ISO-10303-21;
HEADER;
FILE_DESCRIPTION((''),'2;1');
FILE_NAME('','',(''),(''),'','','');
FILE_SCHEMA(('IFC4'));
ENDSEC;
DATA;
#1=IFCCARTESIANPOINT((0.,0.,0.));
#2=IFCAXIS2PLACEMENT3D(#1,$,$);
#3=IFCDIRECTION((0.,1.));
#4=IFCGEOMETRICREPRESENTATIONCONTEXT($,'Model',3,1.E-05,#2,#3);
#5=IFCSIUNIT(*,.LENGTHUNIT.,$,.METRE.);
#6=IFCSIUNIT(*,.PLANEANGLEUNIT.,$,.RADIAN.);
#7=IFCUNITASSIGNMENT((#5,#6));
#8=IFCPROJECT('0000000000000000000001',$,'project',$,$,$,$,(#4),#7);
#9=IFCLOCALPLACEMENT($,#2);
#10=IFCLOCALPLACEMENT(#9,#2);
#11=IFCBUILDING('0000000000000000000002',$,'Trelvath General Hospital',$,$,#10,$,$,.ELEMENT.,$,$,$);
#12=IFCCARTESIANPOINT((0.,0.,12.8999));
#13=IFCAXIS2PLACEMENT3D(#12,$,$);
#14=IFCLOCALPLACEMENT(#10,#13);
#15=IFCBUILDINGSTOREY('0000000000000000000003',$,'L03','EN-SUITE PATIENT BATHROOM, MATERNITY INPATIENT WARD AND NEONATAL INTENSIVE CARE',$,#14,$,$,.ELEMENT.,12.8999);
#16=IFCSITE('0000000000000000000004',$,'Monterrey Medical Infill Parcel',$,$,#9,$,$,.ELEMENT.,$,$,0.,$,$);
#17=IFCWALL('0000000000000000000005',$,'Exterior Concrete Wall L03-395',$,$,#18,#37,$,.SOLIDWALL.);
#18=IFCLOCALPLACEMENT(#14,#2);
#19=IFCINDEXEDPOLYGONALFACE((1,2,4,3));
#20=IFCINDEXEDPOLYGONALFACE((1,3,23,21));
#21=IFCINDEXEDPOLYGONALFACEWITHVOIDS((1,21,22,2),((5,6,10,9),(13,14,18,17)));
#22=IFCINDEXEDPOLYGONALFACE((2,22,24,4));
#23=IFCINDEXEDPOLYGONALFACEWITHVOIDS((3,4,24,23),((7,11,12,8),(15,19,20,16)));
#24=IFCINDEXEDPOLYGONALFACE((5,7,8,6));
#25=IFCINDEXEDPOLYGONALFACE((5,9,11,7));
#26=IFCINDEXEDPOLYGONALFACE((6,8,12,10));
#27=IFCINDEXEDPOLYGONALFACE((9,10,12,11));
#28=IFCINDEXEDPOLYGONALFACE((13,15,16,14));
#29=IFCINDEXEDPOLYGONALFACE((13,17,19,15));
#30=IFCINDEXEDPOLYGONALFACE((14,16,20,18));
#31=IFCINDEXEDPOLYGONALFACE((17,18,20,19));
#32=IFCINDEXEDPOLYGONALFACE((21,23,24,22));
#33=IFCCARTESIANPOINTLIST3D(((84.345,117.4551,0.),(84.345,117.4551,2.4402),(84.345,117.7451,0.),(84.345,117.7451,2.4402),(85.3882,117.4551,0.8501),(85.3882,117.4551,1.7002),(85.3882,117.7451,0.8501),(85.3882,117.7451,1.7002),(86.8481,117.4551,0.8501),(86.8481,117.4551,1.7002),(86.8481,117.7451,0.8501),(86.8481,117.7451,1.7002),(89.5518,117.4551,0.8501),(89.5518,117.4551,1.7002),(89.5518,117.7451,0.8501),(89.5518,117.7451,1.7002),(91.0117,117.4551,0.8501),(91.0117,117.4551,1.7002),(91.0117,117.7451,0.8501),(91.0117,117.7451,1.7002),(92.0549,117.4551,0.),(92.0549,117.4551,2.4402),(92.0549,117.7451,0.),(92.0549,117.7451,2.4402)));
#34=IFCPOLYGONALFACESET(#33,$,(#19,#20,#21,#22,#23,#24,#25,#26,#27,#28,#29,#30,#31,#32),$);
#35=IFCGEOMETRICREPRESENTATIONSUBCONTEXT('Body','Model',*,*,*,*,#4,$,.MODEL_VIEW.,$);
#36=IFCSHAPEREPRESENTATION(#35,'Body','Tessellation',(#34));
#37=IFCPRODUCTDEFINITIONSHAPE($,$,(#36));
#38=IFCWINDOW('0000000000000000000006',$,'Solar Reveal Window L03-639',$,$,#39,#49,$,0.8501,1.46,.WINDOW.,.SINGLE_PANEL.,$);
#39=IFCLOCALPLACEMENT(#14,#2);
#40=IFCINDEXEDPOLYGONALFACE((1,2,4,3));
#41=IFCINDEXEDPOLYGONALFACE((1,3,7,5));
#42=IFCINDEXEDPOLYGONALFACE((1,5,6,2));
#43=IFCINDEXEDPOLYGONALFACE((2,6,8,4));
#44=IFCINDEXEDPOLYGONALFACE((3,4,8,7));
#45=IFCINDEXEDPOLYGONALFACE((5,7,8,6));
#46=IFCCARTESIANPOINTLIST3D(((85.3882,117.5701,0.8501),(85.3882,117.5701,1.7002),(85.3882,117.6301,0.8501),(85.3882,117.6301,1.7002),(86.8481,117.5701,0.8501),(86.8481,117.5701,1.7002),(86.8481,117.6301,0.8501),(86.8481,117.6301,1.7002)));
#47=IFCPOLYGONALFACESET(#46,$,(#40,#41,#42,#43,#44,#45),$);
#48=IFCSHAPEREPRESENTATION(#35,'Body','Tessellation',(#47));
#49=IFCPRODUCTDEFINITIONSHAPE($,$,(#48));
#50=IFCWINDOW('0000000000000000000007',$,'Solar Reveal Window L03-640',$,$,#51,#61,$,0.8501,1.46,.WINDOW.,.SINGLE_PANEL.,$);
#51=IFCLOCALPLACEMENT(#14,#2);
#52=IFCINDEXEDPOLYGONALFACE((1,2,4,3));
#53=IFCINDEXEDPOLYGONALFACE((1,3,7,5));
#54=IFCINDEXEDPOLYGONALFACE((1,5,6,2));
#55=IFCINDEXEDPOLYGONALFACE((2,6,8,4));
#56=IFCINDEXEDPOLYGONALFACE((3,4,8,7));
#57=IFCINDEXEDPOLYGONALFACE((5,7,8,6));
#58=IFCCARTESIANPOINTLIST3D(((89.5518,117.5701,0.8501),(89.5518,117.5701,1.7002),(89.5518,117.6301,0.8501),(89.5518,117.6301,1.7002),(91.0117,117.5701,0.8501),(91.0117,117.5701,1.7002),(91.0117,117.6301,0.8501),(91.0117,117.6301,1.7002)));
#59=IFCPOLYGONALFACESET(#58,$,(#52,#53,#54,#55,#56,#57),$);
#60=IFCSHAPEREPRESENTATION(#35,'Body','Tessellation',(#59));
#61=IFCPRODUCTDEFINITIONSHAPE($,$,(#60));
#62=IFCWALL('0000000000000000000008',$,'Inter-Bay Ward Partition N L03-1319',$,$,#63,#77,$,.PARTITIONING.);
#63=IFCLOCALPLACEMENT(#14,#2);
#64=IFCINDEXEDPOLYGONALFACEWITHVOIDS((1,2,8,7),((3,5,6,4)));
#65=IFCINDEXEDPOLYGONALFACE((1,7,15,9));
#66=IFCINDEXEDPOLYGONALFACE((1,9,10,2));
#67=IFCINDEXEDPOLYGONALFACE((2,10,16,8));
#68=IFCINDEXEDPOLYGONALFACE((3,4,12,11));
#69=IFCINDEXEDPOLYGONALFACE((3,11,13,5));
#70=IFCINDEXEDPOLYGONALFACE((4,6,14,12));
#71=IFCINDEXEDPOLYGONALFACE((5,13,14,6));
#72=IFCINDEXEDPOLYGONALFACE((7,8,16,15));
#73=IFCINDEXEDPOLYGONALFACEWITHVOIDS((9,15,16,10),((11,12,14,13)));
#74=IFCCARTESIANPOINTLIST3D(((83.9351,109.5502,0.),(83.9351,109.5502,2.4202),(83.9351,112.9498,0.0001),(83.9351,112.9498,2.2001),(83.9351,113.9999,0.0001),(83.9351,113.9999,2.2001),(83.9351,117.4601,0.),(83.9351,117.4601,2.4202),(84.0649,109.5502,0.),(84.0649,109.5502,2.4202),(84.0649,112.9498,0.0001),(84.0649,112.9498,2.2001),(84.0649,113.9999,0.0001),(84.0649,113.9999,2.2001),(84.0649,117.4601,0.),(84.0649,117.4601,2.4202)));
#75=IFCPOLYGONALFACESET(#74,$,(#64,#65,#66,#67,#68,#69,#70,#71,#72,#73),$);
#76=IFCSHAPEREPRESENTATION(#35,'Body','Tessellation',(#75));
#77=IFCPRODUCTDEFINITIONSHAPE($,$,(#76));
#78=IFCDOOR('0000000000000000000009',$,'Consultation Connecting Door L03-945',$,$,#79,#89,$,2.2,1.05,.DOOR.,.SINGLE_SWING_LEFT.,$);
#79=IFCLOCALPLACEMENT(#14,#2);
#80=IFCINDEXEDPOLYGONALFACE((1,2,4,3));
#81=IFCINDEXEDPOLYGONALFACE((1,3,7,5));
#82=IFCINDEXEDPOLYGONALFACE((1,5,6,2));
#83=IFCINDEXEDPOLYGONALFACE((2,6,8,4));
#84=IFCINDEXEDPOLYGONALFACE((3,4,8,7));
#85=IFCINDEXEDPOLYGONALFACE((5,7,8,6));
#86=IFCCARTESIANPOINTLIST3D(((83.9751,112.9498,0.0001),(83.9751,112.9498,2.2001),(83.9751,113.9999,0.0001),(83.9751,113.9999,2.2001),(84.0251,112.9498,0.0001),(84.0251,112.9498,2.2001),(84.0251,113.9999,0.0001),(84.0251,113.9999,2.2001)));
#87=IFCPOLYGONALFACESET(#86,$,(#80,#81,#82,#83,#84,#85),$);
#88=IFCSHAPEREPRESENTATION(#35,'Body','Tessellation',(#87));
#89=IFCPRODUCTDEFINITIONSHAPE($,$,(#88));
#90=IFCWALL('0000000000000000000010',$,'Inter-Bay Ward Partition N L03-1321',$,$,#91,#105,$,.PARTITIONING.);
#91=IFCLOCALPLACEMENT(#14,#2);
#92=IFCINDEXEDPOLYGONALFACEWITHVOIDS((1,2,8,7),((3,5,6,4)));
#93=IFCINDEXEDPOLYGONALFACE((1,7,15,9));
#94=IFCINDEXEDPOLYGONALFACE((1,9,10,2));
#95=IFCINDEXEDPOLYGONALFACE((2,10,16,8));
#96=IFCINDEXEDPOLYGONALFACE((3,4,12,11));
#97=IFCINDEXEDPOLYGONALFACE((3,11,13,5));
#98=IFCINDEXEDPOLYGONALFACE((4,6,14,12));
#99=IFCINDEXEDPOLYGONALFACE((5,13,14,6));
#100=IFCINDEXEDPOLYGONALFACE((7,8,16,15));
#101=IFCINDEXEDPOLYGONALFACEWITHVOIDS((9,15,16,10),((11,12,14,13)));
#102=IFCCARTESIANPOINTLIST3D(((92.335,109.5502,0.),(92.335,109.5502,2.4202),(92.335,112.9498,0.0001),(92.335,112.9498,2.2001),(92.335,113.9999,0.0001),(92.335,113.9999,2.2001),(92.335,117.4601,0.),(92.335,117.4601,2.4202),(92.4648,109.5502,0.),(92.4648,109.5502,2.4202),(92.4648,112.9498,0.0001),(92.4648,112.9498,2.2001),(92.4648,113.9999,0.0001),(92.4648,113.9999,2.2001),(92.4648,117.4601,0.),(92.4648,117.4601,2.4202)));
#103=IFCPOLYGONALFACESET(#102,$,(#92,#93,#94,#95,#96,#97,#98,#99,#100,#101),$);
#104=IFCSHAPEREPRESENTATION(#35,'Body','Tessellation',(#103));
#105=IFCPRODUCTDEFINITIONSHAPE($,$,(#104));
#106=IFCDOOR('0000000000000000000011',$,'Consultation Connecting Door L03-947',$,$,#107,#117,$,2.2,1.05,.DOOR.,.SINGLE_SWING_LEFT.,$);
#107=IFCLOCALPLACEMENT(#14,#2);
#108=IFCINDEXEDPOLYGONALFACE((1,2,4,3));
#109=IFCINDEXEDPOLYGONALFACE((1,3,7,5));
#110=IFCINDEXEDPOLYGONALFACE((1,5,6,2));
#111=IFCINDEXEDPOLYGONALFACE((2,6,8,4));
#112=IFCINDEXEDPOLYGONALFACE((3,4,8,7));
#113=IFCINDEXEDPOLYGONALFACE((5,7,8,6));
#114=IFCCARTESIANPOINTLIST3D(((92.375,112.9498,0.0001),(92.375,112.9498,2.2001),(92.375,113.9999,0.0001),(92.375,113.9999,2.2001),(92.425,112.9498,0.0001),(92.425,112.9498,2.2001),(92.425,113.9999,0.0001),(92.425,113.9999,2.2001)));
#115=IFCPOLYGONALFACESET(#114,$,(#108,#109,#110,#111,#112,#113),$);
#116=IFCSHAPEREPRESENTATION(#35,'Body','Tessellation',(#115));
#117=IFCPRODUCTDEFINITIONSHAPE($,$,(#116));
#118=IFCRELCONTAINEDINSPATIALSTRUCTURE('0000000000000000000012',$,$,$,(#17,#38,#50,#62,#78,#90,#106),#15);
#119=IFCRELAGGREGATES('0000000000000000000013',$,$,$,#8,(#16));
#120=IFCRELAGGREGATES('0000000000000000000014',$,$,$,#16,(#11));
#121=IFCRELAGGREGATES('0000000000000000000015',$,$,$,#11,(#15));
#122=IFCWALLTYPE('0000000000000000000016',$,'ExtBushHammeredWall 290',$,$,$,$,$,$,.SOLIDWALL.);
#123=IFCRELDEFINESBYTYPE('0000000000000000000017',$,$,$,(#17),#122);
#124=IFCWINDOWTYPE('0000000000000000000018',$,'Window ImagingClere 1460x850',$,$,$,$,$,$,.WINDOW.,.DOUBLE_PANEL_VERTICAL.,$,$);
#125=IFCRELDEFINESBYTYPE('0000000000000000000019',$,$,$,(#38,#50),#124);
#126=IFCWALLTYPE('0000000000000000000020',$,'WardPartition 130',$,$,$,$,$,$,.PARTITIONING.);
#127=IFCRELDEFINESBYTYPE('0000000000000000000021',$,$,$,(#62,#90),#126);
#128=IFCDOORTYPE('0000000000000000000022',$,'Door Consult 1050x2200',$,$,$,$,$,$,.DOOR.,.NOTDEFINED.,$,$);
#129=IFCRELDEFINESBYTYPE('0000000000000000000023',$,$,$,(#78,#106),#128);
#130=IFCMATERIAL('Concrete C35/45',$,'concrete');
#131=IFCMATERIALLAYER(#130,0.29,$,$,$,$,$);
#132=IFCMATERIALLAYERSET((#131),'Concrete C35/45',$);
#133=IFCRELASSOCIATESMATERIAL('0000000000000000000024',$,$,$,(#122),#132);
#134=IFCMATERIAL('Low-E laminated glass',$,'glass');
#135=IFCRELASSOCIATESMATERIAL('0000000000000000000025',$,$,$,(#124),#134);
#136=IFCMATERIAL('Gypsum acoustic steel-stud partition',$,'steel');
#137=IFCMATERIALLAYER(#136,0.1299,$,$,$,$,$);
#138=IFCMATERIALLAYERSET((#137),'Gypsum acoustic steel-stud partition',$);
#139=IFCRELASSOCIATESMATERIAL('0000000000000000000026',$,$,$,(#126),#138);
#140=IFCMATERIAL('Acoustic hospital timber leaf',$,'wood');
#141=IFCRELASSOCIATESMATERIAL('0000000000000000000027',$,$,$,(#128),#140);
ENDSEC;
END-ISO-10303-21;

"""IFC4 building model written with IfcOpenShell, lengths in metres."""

from ifc_helpers import new_model, si_unit, direction, frame, frame_2d, origin, place, context, subcontext, project, spatial, rectangle, extrude, material, layer, layer_set, type_object, element, fill, save


model = new_model("IFC4")

# Units and contexts
model_context = context("Model", 3, precision=1e-05, world=origin(), true_north=direction((0.0, 1.0)))
body_context = subcontext(model_context, "Body", "Model", "MODEL_VIEW")
ifc_project = project(units=[si_unit("LENGTHUNIT", "METRE"), si_unit("PLANEANGLEUNIT", "RADIAN")], contexts=[model_context])

# Site, building, storey
site_placement = place(None, origin())
site = spatial("IfcSite", under=ifc_project, at=site_placement, Name="Monterrey Medical Infill Parcel", CompositionType="ELEMENT", RefElevation=0.0)
building_placement = place(site_placement, origin())
building = spatial("IfcBuilding", under=site, at=building_placement, Name="Trelvath General Hospital", CompositionType="ELEMENT")
storey_placement = place(building_placement, frame((0.0, 0.0, 12.8999)))
storey = spatial("IfcBuildingStorey", under=building, at=storey_placement, Name="L03", Description="EN-SUITE PATIENT BATHROOM, MATERNITY INPATIENT WARD AND NEONATAL INTENSIVE CARE", CompositionType="ELEMENT", Elevation=12.8999)

# Wall, openings, windows
ifc_material_1 = material(Name="Concrete C35/45", Category="concrete")
ifc_layer_1 = layer(ifc_material_1, 0.29)
ifc_layer_set_1 = layer_set([ifc_layer_1], Name="Concrete C35/45")
wall_type_1 = type_object("IfcWallType", Name="ExtBushHammeredWall 290", PredefinedType="SOLIDWALL", material=ifc_layer_set_1)
wall_1_placement = place(storey_placement, frame((84.345, 117.6001, 0.0), z_axis=(0.0, 0.0, 1.0), x_axis=(1.0, 0.0, 0.0)))
wall_1 = element("IfcWall", 1, at=wall_1_placement, inside=storey, type_object=wall_type_1, Name="Exterior Concrete Wall L03-395", PredefinedType="SOLIDWALL", context=body_context, shape_type="SweptSolid", body=[
    extrude(rectangle(XDim=7.71, YDim=0.29, at=frame_2d((3.855, 0.0))), origin(), (0.0, 0.0, 1.0), 2.4402),
])
opening_1_placement = place(wall_1_placement, frame((1.0432, 0.0, 0.8501)))
opening_1 = element("IfcOpeningElement", 2, at=opening_1_placement, cuts=wall_1, PredefinedType="OPENING", context=body_context, shape_type="SweptSolid", body=[
    extrude(rectangle(XDim=1.46, YDim=0.8501, at=frame_2d((0.73, 0.425))), frame((0.0, 0.155, 0.0), z_axis=(0.0, -1.0, 0.0), x_axis=(1.0, 0.0, 0.0)), (0.0, 0.0, 1.0), 0.3101),
])
opening_2_placement = place(wall_1_placement, frame((5.2068, 0.0, 0.8501)))
opening_2 = element("IfcOpeningElement", 3, at=opening_2_placement, cuts=wall_1, PredefinedType="OPENING", context=body_context, shape_type="SweptSolid", body=[
    extrude(rectangle(XDim=1.46, YDim=0.8501, at=frame_2d((0.73, 0.425))), frame((0.0, 0.155, 0.0), z_axis=(0.0, -1.0, 0.0), x_axis=(1.0, 0.0, 0.0)), (0.0, 0.0, 1.0), 0.3101),
])
ifc_material_2 = material(Name="Low-E laminated glass", Category="glass")
window_type = type_object("IfcWindowType", Name="Window ImagingClere 1460x850", PartitioningType="DOUBLE_PANEL_VERTICAL", PredefinedType="WINDOW", material=ifc_material_2)
window_1_placement = place(opening_1_placement, origin())
window_1 = element("IfcWindow", 4, at=window_1_placement, inside=storey, type_object=window_type, Name="Solar Reveal Window L03-639", OverallHeight=0.8501, OverallWidth=1.46, PartitioningType="SINGLE_PANEL", PredefinedType="WINDOW", context=body_context, shape_type="SweptSolid", body=[
    extrude(rectangle(XDim=1.46, YDim=0.8501, at=frame_2d((0.73, 0.425))), frame((0.0, 0.03, 0.0), z_axis=(0.0, -1.0, 0.0), x_axis=(1.0, 0.0, 0.0)), (0.0, 0.0, 1.0), 0.0601),
])
fill(opening_1, window_1)
window_2_placement = place(opening_2_placement, origin())
window_2 = element("IfcWindow", 5, at=window_2_placement, inside=storey, type_object=window_type, Name="Solar Reveal Window L03-640", OverallHeight=0.8501, OverallWidth=1.46, PartitioningType="SINGLE_PANEL", PredefinedType="WINDOW", context=body_context, shape_type="SweptSolid", body=[
    extrude(rectangle(XDim=1.46, YDim=0.8501, at=frame_2d((0.73, 0.425))), frame((0.0, 0.03, 0.0), z_axis=(0.0, -1.0, 0.0), x_axis=(1.0, 0.0, 0.0)), (0.0, 0.0, 1.0), 0.0601),
])
fill(opening_2, window_2)

# Walls, openings, doors
ifc_material_3 = material(Name="Gypsum acoustic steel-stud partition", Category="steel")
ifc_layer_2 = layer(ifc_material_3, 0.1299)
ifc_layer_set_2 = layer_set([ifc_layer_2], Name="Gypsum acoustic steel-stud partition")
wall_type_2 = type_object("IfcWallType", Name="WardPartition 130", PredefinedType="PARTITIONING", material=ifc_layer_set_2)
wall_2_placement = place(storey_placement, frame((84.0, 109.55, 0.0), z_axis=(0.0, 0.0, 1.0), x_axis=(0.0, 1.0, 0.0)))
wall_2 = element("IfcWall", 6, at=wall_2_placement, inside=storey, type_object=wall_type_2, Name="Inter-Bay Ward Partition N L03-1319", PredefinedType="PARTITIONING", context=body_context, shape_type="SweptSolid", body=[
    extrude(rectangle(XDim=7.9099, YDim=0.1299, at=frame_2d((3.9551, 0.0))), origin(), (0.0, 0.0, 1.0), 2.4202),
])
opening_3_placement = place(wall_2_placement, frame((3.3999, 0.0, 0.0)))
opening_3 = element("IfcOpeningElement", 7, at=opening_3_placement, cuts=wall_2, PredefinedType="OPENING", context=body_context, shape_type="SweptSolid", body=[
    extrude(rectangle(XDim=1.05, YDim=2.2, at=frame_2d((0.5249, 1.1001))), frame((0.0, 0.075, 0.0), z_axis=(0.0, -1.0, 0.0), x_axis=(1.0, 0.0, 0.0)), (0.0, 0.0, 1.0), 0.1499),
])
ifc_material_4 = material(Name="Acoustic hospital timber leaf", Category="wood")
door_type_1 = type_object("IfcDoorType", Name="Door Consult 1050x2200", OperationType="NOTDEFINED", PredefinedType="DOOR", material=ifc_material_4)
door_1_placement = place(opening_3_placement, origin())
door_1 = element("IfcDoor", 8, at=door_1_placement, inside=storey, type_object=door_type_1, Name="Consultation Connecting Door L03-945", OperationType="SINGLE_SWING_LEFT", OverallHeight=2.2, OverallWidth=1.05, PredefinedType="DOOR", context=body_context, shape_type="SweptSolid", body=[
    extrude(rectangle(XDim=1.05, YDim=2.2, at=frame_2d((0.5249, 1.1001))), frame((0.0, 0.0249, 0.0), z_axis=(0.0, -1.0, 0.0), x_axis=(1.0, 0.0, 0.0)), (0.0, 0.0, 1.0), 0.05),
])
fill(opening_3, door_1)
wall_3_placement = place(storey_placement, frame((92.3999, 109.55, 0.0), z_axis=(0.0, 0.0, 1.0), x_axis=(0.0, 1.0, 0.0)))
wall_3 = element("IfcWall", 9, at=wall_3_placement, inside=storey, type_object=wall_type_2, Name="Inter-Bay Ward Partition N L03-1321", PredefinedType="PARTITIONING", context=body_context, shape_type="SweptSolid", body=[
    extrude(rectangle(XDim=7.9099, YDim=0.1299, at=frame_2d((3.9551, 0.0))), origin(), (0.0, 0.0, 1.0), 2.4202),
])
opening_4_placement = place(wall_3_placement, frame((3.3999, 0.0, 0.0)))
opening_4 = element("IfcOpeningElement", 10, at=opening_4_placement, cuts=wall_3, PredefinedType="OPENING", context=body_context, shape_type="SweptSolid", body=[
    extrude(rectangle(XDim=1.05, YDim=2.2, at=frame_2d((0.5249, 1.1001))), frame((0.0, 0.075, 0.0), z_axis=(0.0, -1.0, 0.0), x_axis=(1.0, 0.0, 0.0)), (0.0, 0.0, 1.0), 0.1499),
])
door_2_placement = place(opening_4_placement, origin())
door_2 = element("IfcDoor", 11, at=door_2_placement, inside=storey, type_object=door_type_1, Name="Consultation Connecting Door L03-947", OperationType="SINGLE_SWING_LEFT", OverallHeight=2.2, OverallWidth=1.05, PredefinedType="DOOR", context=body_context, shape_type="SweptSolid", body=[
    extrude(rectangle(XDim=1.05, YDim=2.2, at=frame_2d((0.5249, 1.1001))), frame((0.0, 0.0249, 0.0), z_axis=(0.0, -1.0, 0.0), x_axis=(1.0, 0.0, 0.0)), (0.0, 0.0, 1.0), 0.05),
])
fill(opening_4, door_2)

save(model, "model.ifc")
